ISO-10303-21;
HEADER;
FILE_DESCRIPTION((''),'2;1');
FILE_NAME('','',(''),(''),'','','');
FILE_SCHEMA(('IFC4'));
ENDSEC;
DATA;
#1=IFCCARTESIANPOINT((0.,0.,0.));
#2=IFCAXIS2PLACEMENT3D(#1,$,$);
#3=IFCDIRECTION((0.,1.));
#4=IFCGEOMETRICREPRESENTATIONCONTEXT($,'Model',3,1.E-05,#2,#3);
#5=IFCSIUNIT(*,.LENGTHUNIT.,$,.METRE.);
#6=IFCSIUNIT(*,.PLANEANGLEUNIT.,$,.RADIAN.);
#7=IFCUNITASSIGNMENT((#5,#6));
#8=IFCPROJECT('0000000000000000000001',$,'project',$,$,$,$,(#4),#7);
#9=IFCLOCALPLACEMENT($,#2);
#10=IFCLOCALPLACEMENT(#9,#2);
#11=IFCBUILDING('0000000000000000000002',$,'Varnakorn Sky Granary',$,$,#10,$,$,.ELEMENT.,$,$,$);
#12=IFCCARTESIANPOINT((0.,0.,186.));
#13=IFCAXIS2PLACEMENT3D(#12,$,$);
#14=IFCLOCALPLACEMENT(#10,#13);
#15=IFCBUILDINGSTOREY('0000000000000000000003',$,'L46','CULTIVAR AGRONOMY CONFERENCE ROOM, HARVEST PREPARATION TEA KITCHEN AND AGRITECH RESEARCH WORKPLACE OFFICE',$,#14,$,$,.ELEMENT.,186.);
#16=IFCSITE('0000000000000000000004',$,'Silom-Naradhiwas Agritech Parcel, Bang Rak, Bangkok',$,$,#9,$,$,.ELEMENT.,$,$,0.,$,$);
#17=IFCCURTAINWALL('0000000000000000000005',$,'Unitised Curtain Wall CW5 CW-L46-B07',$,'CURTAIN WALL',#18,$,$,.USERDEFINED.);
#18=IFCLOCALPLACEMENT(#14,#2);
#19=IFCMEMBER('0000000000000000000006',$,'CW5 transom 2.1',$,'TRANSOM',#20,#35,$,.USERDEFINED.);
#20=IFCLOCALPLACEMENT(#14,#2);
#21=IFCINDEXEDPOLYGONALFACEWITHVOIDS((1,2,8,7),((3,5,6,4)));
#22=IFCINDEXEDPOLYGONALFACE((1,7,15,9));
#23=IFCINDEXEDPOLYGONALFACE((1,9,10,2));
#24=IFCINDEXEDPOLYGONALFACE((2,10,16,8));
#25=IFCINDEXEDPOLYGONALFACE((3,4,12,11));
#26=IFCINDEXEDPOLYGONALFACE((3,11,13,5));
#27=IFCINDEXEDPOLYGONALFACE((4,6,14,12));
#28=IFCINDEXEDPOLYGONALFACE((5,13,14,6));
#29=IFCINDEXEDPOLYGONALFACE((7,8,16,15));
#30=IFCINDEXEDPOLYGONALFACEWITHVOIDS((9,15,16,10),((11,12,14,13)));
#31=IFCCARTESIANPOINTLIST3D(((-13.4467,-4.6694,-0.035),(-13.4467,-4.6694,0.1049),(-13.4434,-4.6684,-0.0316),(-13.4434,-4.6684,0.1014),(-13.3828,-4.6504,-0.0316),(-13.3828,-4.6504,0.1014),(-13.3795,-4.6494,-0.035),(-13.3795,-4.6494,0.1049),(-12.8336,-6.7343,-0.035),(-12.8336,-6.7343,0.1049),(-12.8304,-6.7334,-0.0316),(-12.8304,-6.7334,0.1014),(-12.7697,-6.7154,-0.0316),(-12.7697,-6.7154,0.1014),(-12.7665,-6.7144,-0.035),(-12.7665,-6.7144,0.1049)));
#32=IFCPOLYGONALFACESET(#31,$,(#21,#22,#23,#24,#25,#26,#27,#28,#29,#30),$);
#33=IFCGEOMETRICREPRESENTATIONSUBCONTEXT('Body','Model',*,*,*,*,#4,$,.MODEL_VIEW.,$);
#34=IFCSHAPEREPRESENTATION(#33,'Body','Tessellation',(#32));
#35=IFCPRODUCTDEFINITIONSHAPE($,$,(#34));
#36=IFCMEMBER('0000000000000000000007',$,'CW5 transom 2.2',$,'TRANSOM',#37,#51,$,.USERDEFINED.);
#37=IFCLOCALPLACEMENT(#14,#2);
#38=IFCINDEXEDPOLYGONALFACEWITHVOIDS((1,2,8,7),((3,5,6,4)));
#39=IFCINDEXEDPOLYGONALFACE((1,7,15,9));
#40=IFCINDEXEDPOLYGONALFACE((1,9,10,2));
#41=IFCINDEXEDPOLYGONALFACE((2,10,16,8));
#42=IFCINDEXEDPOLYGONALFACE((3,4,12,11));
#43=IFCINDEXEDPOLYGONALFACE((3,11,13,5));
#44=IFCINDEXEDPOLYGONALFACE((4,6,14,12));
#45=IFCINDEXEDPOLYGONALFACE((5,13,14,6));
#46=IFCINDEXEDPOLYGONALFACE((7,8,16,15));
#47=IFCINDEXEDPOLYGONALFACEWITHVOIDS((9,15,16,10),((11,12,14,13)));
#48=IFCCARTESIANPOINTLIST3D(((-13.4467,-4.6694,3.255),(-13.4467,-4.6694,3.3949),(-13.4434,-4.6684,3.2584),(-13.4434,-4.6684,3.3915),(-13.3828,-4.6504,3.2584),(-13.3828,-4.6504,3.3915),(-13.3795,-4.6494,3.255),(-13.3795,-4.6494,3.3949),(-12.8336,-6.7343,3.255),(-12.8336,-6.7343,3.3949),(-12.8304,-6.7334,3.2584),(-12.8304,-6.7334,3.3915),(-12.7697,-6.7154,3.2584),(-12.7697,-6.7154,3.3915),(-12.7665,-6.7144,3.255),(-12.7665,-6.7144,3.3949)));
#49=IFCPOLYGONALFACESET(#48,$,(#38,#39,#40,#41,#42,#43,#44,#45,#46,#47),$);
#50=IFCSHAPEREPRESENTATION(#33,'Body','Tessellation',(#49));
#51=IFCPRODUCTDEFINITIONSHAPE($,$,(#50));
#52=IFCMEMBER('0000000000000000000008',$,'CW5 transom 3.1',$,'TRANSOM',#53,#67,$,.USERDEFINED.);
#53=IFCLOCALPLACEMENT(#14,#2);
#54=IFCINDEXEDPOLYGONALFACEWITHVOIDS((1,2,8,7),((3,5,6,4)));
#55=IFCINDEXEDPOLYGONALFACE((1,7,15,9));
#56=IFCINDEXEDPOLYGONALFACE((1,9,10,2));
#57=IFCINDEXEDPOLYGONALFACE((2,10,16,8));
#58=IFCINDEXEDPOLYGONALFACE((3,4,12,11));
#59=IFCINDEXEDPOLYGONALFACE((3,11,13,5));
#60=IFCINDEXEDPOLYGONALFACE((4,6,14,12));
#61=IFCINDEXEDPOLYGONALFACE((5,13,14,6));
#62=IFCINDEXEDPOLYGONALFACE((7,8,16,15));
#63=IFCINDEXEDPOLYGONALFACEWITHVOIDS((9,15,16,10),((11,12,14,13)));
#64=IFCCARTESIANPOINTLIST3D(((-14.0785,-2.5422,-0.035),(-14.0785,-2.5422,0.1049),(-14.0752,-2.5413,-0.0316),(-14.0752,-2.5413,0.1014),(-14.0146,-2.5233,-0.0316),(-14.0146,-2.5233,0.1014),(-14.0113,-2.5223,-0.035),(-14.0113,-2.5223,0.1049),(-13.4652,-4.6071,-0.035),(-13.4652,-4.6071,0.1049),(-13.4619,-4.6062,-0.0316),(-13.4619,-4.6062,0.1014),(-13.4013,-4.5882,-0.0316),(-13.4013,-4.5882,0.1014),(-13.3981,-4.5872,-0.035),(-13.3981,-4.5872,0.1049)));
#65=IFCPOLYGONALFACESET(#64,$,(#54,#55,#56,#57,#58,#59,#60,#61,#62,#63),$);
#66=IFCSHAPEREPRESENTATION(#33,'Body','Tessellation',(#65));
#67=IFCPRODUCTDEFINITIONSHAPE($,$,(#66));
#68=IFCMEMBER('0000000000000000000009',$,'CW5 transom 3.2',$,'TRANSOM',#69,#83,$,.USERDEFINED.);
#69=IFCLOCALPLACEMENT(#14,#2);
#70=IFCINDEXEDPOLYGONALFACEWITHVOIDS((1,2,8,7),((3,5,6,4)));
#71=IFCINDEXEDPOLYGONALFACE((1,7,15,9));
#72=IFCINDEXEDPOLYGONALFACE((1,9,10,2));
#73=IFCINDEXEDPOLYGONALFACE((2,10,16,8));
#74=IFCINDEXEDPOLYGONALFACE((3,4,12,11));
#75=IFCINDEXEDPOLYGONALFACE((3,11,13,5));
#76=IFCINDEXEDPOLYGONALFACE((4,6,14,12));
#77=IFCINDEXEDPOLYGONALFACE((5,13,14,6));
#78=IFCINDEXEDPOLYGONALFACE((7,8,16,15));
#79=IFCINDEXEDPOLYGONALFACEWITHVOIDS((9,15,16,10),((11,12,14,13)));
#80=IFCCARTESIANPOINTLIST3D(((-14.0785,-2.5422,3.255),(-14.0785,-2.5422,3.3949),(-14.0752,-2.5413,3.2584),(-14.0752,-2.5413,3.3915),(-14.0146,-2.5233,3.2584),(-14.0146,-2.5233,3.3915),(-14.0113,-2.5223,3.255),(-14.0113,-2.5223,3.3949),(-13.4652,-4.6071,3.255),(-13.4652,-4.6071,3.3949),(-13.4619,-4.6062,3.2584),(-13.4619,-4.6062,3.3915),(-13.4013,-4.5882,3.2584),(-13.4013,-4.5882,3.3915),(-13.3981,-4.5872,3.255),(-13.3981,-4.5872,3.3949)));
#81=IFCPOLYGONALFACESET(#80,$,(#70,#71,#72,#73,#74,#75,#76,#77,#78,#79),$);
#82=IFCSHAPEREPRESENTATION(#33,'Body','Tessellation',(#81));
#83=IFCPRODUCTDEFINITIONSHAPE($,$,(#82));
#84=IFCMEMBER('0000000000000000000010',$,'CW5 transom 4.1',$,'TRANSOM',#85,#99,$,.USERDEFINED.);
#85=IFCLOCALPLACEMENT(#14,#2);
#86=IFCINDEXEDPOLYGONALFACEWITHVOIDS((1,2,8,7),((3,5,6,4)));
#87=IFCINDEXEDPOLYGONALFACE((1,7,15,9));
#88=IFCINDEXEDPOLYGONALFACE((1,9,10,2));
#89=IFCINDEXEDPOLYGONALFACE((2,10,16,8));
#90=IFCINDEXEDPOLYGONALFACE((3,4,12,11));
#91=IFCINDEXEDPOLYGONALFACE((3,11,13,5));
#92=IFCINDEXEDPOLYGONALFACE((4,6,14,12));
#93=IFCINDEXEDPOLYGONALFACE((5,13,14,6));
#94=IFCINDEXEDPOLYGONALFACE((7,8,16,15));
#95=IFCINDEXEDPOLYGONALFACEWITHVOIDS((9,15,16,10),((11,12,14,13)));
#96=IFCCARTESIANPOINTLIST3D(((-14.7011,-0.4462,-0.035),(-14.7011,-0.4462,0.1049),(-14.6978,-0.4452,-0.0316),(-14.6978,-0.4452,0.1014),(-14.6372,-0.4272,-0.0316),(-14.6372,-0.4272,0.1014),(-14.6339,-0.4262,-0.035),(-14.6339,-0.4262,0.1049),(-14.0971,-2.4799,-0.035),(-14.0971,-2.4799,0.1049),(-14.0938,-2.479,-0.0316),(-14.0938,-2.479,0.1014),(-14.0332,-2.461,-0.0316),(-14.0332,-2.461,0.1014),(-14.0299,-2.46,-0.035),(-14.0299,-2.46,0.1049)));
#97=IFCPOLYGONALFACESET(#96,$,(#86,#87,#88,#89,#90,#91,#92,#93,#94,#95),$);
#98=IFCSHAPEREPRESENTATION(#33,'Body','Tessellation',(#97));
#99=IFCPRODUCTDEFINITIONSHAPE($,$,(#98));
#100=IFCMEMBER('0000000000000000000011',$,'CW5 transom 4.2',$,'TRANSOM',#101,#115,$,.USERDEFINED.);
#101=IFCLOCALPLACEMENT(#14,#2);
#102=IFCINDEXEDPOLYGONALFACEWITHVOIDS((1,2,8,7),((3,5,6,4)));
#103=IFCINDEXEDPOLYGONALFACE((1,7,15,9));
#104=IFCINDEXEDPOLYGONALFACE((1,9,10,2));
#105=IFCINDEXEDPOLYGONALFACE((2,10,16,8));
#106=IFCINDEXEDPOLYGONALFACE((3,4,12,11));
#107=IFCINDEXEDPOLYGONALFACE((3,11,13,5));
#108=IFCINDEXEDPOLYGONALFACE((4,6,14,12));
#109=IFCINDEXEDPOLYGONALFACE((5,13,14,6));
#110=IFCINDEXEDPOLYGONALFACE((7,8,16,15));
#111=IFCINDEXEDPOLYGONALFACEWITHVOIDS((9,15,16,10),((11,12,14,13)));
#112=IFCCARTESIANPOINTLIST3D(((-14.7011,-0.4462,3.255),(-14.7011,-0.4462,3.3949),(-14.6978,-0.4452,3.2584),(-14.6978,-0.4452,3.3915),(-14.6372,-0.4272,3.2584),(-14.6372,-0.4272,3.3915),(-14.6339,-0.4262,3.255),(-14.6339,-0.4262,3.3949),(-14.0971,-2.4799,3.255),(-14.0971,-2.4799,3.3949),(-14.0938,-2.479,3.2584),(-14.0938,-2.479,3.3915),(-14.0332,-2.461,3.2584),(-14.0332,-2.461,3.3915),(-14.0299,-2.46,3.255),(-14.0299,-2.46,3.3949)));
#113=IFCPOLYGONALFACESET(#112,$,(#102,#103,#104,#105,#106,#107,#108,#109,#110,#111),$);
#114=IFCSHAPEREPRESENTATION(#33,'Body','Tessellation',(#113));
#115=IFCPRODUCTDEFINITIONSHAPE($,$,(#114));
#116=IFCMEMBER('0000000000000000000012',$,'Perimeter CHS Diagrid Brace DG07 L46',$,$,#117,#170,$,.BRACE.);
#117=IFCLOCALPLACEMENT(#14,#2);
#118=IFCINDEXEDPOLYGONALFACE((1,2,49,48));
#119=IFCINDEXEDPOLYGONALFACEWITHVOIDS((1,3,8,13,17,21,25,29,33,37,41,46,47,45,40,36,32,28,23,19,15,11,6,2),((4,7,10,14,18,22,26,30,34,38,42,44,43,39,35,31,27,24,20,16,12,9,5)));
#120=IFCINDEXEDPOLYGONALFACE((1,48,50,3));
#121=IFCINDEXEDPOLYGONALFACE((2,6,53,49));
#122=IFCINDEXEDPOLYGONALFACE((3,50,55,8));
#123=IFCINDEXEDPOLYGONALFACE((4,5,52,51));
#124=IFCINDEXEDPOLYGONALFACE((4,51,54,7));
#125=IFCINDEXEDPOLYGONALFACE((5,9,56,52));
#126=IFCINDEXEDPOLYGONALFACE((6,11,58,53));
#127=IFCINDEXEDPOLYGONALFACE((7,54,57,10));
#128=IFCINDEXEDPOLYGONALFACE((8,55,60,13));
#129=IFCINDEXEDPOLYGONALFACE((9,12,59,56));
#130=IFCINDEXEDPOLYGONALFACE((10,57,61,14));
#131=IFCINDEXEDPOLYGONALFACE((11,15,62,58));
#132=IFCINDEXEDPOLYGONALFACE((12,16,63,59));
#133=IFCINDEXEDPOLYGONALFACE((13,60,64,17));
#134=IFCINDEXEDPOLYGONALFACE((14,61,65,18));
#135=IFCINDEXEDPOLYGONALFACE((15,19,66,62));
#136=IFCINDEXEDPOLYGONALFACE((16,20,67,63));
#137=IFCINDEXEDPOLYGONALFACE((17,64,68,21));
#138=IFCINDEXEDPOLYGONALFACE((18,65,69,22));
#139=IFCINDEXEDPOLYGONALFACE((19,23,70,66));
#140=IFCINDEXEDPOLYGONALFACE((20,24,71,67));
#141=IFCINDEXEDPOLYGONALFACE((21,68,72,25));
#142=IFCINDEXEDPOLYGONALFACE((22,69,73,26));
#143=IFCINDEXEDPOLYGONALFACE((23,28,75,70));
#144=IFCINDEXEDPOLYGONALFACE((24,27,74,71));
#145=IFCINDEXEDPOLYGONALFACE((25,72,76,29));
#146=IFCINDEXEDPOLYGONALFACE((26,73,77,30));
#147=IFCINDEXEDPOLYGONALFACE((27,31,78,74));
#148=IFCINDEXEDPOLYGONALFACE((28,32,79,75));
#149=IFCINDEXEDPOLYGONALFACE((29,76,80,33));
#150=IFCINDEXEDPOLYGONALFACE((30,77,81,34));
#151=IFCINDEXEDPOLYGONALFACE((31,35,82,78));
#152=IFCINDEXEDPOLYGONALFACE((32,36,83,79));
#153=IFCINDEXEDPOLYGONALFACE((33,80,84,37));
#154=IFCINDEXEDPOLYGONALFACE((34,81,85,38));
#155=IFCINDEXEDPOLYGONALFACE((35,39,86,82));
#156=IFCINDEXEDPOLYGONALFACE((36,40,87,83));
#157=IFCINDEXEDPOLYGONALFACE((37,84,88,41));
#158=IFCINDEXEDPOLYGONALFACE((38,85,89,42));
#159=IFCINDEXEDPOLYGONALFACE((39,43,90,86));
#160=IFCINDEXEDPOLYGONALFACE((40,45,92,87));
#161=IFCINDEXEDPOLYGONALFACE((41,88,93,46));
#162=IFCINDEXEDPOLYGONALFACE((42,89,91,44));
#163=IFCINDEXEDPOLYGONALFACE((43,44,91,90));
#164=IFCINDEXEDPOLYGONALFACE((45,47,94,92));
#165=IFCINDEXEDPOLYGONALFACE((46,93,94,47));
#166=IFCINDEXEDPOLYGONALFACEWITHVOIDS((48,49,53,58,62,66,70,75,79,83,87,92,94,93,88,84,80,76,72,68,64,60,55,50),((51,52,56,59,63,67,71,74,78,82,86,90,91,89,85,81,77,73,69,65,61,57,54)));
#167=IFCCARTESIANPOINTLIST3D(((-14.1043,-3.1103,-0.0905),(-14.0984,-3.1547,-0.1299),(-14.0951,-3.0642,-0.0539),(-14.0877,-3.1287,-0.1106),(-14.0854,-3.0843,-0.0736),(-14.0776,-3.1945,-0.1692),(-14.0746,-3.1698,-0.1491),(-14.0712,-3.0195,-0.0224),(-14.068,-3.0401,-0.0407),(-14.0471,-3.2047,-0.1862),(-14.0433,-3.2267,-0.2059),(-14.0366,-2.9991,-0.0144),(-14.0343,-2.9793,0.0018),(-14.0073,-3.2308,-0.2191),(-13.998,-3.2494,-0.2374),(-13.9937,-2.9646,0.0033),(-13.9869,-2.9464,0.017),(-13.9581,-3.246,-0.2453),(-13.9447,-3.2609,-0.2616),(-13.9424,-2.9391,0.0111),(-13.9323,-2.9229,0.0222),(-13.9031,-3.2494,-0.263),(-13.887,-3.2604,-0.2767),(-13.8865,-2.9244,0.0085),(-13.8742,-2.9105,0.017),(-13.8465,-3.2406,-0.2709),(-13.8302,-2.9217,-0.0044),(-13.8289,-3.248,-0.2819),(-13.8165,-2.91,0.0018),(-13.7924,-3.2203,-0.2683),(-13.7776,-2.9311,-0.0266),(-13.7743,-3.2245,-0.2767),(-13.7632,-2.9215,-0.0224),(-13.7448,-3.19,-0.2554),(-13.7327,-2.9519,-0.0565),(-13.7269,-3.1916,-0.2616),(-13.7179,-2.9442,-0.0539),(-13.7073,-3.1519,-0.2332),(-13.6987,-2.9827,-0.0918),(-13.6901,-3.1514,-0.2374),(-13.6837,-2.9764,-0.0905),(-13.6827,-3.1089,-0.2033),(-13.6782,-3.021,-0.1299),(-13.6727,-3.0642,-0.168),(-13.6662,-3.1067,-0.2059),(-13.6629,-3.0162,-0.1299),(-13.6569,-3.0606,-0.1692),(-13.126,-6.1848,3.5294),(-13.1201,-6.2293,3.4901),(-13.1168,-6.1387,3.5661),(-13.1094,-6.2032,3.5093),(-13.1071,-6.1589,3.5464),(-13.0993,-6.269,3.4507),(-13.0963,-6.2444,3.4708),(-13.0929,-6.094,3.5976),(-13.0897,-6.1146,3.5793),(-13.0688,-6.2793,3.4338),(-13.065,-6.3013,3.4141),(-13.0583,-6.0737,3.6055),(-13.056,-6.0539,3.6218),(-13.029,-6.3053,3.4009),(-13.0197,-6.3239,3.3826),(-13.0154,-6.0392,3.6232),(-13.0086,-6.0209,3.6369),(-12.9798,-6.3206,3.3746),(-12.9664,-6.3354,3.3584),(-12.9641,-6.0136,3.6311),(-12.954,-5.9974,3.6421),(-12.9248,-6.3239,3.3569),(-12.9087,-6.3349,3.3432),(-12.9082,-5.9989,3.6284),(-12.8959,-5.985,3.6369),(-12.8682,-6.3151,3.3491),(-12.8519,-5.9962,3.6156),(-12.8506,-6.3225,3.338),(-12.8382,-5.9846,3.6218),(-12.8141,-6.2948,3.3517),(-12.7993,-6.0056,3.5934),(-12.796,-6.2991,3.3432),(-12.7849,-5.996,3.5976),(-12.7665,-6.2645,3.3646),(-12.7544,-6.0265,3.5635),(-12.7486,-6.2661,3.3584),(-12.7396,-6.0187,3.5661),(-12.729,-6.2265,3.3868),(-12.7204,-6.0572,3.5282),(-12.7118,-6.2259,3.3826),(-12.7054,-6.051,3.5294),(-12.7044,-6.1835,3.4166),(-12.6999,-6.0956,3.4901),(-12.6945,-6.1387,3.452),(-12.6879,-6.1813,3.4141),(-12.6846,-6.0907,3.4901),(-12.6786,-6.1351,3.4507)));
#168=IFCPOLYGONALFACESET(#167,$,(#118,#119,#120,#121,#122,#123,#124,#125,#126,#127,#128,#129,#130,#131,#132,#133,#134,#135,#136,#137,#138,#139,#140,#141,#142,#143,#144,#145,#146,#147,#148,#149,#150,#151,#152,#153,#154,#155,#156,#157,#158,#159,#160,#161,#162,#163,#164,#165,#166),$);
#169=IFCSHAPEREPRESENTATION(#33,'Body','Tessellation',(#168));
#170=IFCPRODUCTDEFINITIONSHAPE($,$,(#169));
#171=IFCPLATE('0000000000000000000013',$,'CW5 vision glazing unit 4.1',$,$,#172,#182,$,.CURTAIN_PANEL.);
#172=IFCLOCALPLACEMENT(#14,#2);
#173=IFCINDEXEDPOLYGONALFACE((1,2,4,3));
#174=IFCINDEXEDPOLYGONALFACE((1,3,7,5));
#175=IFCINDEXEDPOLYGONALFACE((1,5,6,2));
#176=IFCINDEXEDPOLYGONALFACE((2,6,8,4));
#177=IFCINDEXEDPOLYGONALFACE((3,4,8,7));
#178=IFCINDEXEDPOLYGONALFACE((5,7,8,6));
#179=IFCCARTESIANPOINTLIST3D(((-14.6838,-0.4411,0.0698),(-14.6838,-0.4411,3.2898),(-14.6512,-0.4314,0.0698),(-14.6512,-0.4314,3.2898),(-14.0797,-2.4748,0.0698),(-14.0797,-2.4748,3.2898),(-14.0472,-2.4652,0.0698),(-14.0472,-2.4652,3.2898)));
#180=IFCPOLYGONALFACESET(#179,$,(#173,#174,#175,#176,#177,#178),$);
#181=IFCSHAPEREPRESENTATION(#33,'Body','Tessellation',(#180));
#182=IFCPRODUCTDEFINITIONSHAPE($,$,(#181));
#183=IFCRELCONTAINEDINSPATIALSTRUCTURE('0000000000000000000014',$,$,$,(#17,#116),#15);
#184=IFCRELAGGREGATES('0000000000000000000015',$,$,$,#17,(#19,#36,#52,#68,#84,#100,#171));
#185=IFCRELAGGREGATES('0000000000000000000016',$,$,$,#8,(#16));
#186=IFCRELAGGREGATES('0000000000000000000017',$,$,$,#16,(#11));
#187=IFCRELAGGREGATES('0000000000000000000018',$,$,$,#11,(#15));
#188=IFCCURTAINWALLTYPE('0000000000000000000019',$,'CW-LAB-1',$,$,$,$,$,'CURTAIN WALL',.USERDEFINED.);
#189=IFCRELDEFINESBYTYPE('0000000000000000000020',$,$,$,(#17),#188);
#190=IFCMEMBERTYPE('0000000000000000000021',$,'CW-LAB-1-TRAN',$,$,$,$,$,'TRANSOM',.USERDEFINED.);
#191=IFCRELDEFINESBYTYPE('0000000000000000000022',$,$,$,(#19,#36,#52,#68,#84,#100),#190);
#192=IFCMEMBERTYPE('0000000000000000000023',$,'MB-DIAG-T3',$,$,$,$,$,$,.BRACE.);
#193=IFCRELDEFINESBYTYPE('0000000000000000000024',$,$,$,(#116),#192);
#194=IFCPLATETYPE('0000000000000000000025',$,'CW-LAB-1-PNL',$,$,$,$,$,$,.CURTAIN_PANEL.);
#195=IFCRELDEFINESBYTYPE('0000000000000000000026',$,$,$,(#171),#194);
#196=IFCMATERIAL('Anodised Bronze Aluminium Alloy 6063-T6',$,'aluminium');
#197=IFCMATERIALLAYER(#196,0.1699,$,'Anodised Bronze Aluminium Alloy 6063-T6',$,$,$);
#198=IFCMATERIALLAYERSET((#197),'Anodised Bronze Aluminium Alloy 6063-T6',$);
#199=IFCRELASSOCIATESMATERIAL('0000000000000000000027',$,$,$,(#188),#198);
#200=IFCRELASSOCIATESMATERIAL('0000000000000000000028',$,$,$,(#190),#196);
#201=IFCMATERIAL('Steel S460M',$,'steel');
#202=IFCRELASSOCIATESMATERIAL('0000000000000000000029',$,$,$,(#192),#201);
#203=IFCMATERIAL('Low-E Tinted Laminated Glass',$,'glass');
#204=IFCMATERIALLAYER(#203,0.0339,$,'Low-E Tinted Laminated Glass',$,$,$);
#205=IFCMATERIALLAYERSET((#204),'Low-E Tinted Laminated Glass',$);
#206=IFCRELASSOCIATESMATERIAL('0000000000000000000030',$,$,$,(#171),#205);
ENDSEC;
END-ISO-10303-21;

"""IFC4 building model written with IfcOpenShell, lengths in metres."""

from ifc_helpers import new_model, si_unit, direction, frame, origin, origin_2d, place, context, subcontext, project, spatial, rectangle, hollow_rectangle, hollow_circle, extrude, source, transform, mapped, material, layer, layer_set, material_profile, profile_set, type_object, element, aggregate, save


model = new_model("IFC4")

# Units and contexts
model_context = context("Model", 3, precision=1e-05, world=origin(), true_north=direction((0.0, 1.0)))
body_context = subcontext(model_context, "Body", "Model", "MODEL_VIEW")
ifc_project = project(units=[si_unit("LENGTHUNIT", "METRE"), si_unit("PLANEANGLEUNIT", "RADIAN")], contexts=[model_context])

# Site, building, storey
site_placement = place(None, origin())
site = spatial("IfcSite", under=ifc_project, at=site_placement, Name="Silom-Naradhiwas Agritech Parcel, Bang Rak, Bangkok", CompositionType="ELEMENT", RefElevation=0.0)
building_placement = place(site_placement, origin())
building = spatial("IfcBuilding", under=site, at=building_placement, Name="Varnakorn Sky Granary", CompositionType="ELEMENT")
storey_placement = place(building_placement, frame((0.0, 0.0, 186.0)))
storey = spatial("IfcBuildingStorey", under=building, at=storey_placement, Name="L46", Description="CULTIVAR AGRONOMY CONFERENCE ROOM, HARVEST PREPARATION TEA KITCHEN AND AGRITECH RESEARCH WORKPLACE OFFICE", CompositionType="ELEMENT", Elevation=186.0)

# Shared definitions
ifc_material_1 = material(Name="Steel S460M", Category="steel")

# Curtain wall, members
ifc_material_2 = material(Name="Anodised Bronze Aluminium Alloy 6063-T6", Category="aluminium")
ifc_layer_1 = layer(ifc_material_2, 0.1699, Name="Anodised Bronze Aluminium Alloy 6063-T6")
ifc_layer_set_1 = layer_set([ifc_layer_1], Name="Anodised Bronze Aluminium Alloy 6063-T6")
curtain_wall_type = type_object("IfcCurtainWallType", Name="CW-LAB-1", ElementType="CURTAIN WALL", PredefinedType="USERDEFINED", material=ifc_layer_set_1)
curtain_wall_placement = place(storey_placement, origin())
curtain_wall = element("IfcCurtainWall", 1, at=curtain_wall_placement, inside=storey, type_object=curtain_wall_type, Name="Unitised Curtain Wall CW5 CW-L46-B07", ObjectType="CURTAIN WALL", PredefinedType="USERDEFINED")
ifc_material_profile_1 = material_profile(ifc_material_2, hollow_rectangle(XDim=0.0701, YDim=0.1399, WallThickness=0.0034, at=origin_2d()), Name="ALU TRAN 70x140")
ifc_profile_set_1 = profile_set([ifc_material_profile_1], Name="Anodised Bronze Aluminium Alloy 6063-T6")
member_type_1 = type_object("IfcMemberType", Name="CW-LAB-1-TRAN", ElementType="TRANSOM", PredefinedType="USERDEFINED", material=ifc_profile_set_1)
member_1_placement = place(storey_placement, frame((-12.8, -6.7244, 0.0349), z_axis=(-0.284602, 0.958646, 0.0), x_axis=(-0.958646, -0.284602, 0.0)))
member_1 = element("IfcMember", 2, at=member_1_placement, type_object=member_type_1, Name="CW5 transom 2.1", ObjectType="TRANSOM", PredefinedType="USERDEFINED", context=body_context, shape_type="SweptSolid", body=[
    extrude(hollow_rectangle(XDim=0.0701, YDim=0.1399, WallThickness=0.0034, at=origin_2d()), origin(), (0.0, 0.0, 1.0), 2.1541),
])
member_2_placement = place(storey_placement, frame((-12.8, -6.7244, 3.325), z_axis=(-0.284602, 0.958646, 0.0), x_axis=(-0.958646, -0.284602, 0.0)))
member_2 = element("IfcMember", 3, at=member_2_placement, type_object=member_type_1, Name="CW5 transom 2.2", ObjectType="TRANSOM", PredefinedType="USERDEFINED", context=body_context, shape_type="SweptSolid", body=[
    extrude(hollow_rectangle(XDim=0.0701, YDim=0.1399, WallThickness=0.0034, at=origin_2d()), origin(), (0.0, 0.0, 1.0), 2.1541),
])
member_3_placement = place(storey_placement, frame((-13.4316, -4.5972, 0.0349), z_axis=(-0.284706, 0.958615, 0.0), x_axis=(-0.958615, -0.284706, 0.0)))
member_3 = element("IfcMember", 4, at=member_3_placement, type_object=member_type_1, Name="CW5 transom 3.1", ObjectType="TRANSOM", PredefinedType="USERDEFINED", context=body_context, shape_type="SweptSolid", body=[
    extrude(hollow_rectangle(XDim=0.0701, YDim=0.1399, WallThickness=0.0034, at=origin_2d()), origin(), (0.0, 0.0, 1.0), 2.1541),
])
member_4_placement = place(storey_placement, frame((-13.4316, -4.5972, 3.325), z_axis=(-0.284706, 0.958615, 0.0), x_axis=(-0.958615, -0.284706, 0.0)))
member_4 = element("IfcMember", 5, at=member_4_placement, type_object=member_type_1, Name="CW5 transom 3.2", ObjectType="TRANSOM", PredefinedType="USERDEFINED", context=body_context, shape_type="SweptSolid", body=[
    extrude(hollow_rectangle(XDim=0.0701, YDim=0.1399, WallThickness=0.0034, at=origin_2d()), origin(), (0.0, 0.0, 1.0), 2.1541),
])
member_5_placement = place(storey_placement, frame((-14.0635, -2.47, 0.0349), z_axis=(-0.284707, 0.958614, 0.0), x_axis=(-0.958614, -0.284707, 0.0)))
member_5 = element("IfcMember", 6, at=member_5_placement, type_object=member_type_1, Name="CW5 transom 4.1", ObjectType="TRANSOM", PredefinedType="USERDEFINED", context=body_context, shape_type="SweptSolid", body=[
    extrude(hollow_rectangle(XDim=0.0701, YDim=0.1399, WallThickness=0.0034, at=origin_2d()), origin(), (0.0, 0.0, 1.0), 2.1216),
])
member_6_placement = place(storey_placement, frame((-14.0635, -2.47, 3.325), z_axis=(-0.284707, 0.958614, 0.0), x_axis=(-0.958614, -0.284707, 0.0)))
member_6 = element("IfcMember", 7, at=member_6_placement, type_object=member_type_1, Name="CW5 transom 4.2", ObjectType="TRANSOM", PredefinedType="USERDEFINED", context=body_context, shape_type="SweptSolid", body=[
    extrude(hollow_rectangle(XDim=0.0701, YDim=0.1399, WallThickness=0.0034, at=origin_2d()), origin(), (0.0, 0.0, 1.0), 2.1216),
])

# Member
ifc_material_profile_2 = material_profile(ifc_material_1, hollow_circle(Radius=0.2285, WallThickness=0.0161, at=origin_2d()), Name="CHS 457x16")
ifc_profile_set_2 = profile_set([ifc_material_profile_2], Name="Steel S460M")
member_type_2 = type_object("IfcMemberType", Name="MB-DIAG-T3", PredefinedType="BRACE", material=ifc_profile_set_2)
member_7_placement = place(storey_placement, frame((-13.8806, -3.0854, -0.1299), z_axis=(0.201747, -0.63404, 0.746519), x_axis=(0.952923, 0.303213, 0.0)))
element("IfcMember", 8, at=member_7_placement, inside=storey, type_object=member_type_2, Name="Perimeter CHS Diagrid Brace DG07 L46", PredefinedType="BRACE", context=body_context, shape_type="SweptSolid", body=[
    extrude(hollow_circle(Radius=0.2285, WallThickness=0.0161, at=origin_2d()), origin(), (0.0, 0.0, 1.0), 4.8491),
])

# Plate
ifc_material_3 = material(Name="Low-E Tinted Laminated Glass", Category="glass")
ifc_layer_2 = layer(ifc_material_3, 0.0339, Name="Low-E Tinted Laminated Glass")
ifc_layer_set_2 = layer_set([ifc_layer_2], Name="Low-E Tinted Laminated Glass")
plate_type = type_object("IfcPlateType", Name="CW-LAB-1-PNL", PredefinedType="CURTAIN_PANEL")
shared_shape_1 = source(origin(), body_context, "Body", "SweptSolid", [
    extrude(rectangle(XDim=2.1216, YDim=0.0339, at=origin_2d()), origin(), (0.0, 0.0, 1.0), 3.22),
])
plate_1_placement = place(storey_placement, frame((-14.3655, -1.4531, 0.0698), z_axis=(0.0, 0.0, 1.0), x_axis=(-0.28471, 0.958614, 0.0)))
plate_1 = element("IfcPlate", 9, at=plate_1_placement, type_object=plate_type, material=ifc_layer_set_2, Name="CW5 vision glazing unit 4.1", PredefinedType="CURTAIN_PANEL", context=body_context, shape_type="MappedRepresentation", body=[
    mapped(shared_shape_1, transform((0.0, 0.0, 0.0), x_axis=(1.0, 0.0, 0.0), y_axis=(0.0, 1.0, 0.0), z_axis=(0.0, 0.0, 1.0), scale=1.0)),
])
aggregate(curtain_wall, [member_1, member_2, member_3, member_4, member_5, member_6, plate_1])

save(model, "model.ifc")
